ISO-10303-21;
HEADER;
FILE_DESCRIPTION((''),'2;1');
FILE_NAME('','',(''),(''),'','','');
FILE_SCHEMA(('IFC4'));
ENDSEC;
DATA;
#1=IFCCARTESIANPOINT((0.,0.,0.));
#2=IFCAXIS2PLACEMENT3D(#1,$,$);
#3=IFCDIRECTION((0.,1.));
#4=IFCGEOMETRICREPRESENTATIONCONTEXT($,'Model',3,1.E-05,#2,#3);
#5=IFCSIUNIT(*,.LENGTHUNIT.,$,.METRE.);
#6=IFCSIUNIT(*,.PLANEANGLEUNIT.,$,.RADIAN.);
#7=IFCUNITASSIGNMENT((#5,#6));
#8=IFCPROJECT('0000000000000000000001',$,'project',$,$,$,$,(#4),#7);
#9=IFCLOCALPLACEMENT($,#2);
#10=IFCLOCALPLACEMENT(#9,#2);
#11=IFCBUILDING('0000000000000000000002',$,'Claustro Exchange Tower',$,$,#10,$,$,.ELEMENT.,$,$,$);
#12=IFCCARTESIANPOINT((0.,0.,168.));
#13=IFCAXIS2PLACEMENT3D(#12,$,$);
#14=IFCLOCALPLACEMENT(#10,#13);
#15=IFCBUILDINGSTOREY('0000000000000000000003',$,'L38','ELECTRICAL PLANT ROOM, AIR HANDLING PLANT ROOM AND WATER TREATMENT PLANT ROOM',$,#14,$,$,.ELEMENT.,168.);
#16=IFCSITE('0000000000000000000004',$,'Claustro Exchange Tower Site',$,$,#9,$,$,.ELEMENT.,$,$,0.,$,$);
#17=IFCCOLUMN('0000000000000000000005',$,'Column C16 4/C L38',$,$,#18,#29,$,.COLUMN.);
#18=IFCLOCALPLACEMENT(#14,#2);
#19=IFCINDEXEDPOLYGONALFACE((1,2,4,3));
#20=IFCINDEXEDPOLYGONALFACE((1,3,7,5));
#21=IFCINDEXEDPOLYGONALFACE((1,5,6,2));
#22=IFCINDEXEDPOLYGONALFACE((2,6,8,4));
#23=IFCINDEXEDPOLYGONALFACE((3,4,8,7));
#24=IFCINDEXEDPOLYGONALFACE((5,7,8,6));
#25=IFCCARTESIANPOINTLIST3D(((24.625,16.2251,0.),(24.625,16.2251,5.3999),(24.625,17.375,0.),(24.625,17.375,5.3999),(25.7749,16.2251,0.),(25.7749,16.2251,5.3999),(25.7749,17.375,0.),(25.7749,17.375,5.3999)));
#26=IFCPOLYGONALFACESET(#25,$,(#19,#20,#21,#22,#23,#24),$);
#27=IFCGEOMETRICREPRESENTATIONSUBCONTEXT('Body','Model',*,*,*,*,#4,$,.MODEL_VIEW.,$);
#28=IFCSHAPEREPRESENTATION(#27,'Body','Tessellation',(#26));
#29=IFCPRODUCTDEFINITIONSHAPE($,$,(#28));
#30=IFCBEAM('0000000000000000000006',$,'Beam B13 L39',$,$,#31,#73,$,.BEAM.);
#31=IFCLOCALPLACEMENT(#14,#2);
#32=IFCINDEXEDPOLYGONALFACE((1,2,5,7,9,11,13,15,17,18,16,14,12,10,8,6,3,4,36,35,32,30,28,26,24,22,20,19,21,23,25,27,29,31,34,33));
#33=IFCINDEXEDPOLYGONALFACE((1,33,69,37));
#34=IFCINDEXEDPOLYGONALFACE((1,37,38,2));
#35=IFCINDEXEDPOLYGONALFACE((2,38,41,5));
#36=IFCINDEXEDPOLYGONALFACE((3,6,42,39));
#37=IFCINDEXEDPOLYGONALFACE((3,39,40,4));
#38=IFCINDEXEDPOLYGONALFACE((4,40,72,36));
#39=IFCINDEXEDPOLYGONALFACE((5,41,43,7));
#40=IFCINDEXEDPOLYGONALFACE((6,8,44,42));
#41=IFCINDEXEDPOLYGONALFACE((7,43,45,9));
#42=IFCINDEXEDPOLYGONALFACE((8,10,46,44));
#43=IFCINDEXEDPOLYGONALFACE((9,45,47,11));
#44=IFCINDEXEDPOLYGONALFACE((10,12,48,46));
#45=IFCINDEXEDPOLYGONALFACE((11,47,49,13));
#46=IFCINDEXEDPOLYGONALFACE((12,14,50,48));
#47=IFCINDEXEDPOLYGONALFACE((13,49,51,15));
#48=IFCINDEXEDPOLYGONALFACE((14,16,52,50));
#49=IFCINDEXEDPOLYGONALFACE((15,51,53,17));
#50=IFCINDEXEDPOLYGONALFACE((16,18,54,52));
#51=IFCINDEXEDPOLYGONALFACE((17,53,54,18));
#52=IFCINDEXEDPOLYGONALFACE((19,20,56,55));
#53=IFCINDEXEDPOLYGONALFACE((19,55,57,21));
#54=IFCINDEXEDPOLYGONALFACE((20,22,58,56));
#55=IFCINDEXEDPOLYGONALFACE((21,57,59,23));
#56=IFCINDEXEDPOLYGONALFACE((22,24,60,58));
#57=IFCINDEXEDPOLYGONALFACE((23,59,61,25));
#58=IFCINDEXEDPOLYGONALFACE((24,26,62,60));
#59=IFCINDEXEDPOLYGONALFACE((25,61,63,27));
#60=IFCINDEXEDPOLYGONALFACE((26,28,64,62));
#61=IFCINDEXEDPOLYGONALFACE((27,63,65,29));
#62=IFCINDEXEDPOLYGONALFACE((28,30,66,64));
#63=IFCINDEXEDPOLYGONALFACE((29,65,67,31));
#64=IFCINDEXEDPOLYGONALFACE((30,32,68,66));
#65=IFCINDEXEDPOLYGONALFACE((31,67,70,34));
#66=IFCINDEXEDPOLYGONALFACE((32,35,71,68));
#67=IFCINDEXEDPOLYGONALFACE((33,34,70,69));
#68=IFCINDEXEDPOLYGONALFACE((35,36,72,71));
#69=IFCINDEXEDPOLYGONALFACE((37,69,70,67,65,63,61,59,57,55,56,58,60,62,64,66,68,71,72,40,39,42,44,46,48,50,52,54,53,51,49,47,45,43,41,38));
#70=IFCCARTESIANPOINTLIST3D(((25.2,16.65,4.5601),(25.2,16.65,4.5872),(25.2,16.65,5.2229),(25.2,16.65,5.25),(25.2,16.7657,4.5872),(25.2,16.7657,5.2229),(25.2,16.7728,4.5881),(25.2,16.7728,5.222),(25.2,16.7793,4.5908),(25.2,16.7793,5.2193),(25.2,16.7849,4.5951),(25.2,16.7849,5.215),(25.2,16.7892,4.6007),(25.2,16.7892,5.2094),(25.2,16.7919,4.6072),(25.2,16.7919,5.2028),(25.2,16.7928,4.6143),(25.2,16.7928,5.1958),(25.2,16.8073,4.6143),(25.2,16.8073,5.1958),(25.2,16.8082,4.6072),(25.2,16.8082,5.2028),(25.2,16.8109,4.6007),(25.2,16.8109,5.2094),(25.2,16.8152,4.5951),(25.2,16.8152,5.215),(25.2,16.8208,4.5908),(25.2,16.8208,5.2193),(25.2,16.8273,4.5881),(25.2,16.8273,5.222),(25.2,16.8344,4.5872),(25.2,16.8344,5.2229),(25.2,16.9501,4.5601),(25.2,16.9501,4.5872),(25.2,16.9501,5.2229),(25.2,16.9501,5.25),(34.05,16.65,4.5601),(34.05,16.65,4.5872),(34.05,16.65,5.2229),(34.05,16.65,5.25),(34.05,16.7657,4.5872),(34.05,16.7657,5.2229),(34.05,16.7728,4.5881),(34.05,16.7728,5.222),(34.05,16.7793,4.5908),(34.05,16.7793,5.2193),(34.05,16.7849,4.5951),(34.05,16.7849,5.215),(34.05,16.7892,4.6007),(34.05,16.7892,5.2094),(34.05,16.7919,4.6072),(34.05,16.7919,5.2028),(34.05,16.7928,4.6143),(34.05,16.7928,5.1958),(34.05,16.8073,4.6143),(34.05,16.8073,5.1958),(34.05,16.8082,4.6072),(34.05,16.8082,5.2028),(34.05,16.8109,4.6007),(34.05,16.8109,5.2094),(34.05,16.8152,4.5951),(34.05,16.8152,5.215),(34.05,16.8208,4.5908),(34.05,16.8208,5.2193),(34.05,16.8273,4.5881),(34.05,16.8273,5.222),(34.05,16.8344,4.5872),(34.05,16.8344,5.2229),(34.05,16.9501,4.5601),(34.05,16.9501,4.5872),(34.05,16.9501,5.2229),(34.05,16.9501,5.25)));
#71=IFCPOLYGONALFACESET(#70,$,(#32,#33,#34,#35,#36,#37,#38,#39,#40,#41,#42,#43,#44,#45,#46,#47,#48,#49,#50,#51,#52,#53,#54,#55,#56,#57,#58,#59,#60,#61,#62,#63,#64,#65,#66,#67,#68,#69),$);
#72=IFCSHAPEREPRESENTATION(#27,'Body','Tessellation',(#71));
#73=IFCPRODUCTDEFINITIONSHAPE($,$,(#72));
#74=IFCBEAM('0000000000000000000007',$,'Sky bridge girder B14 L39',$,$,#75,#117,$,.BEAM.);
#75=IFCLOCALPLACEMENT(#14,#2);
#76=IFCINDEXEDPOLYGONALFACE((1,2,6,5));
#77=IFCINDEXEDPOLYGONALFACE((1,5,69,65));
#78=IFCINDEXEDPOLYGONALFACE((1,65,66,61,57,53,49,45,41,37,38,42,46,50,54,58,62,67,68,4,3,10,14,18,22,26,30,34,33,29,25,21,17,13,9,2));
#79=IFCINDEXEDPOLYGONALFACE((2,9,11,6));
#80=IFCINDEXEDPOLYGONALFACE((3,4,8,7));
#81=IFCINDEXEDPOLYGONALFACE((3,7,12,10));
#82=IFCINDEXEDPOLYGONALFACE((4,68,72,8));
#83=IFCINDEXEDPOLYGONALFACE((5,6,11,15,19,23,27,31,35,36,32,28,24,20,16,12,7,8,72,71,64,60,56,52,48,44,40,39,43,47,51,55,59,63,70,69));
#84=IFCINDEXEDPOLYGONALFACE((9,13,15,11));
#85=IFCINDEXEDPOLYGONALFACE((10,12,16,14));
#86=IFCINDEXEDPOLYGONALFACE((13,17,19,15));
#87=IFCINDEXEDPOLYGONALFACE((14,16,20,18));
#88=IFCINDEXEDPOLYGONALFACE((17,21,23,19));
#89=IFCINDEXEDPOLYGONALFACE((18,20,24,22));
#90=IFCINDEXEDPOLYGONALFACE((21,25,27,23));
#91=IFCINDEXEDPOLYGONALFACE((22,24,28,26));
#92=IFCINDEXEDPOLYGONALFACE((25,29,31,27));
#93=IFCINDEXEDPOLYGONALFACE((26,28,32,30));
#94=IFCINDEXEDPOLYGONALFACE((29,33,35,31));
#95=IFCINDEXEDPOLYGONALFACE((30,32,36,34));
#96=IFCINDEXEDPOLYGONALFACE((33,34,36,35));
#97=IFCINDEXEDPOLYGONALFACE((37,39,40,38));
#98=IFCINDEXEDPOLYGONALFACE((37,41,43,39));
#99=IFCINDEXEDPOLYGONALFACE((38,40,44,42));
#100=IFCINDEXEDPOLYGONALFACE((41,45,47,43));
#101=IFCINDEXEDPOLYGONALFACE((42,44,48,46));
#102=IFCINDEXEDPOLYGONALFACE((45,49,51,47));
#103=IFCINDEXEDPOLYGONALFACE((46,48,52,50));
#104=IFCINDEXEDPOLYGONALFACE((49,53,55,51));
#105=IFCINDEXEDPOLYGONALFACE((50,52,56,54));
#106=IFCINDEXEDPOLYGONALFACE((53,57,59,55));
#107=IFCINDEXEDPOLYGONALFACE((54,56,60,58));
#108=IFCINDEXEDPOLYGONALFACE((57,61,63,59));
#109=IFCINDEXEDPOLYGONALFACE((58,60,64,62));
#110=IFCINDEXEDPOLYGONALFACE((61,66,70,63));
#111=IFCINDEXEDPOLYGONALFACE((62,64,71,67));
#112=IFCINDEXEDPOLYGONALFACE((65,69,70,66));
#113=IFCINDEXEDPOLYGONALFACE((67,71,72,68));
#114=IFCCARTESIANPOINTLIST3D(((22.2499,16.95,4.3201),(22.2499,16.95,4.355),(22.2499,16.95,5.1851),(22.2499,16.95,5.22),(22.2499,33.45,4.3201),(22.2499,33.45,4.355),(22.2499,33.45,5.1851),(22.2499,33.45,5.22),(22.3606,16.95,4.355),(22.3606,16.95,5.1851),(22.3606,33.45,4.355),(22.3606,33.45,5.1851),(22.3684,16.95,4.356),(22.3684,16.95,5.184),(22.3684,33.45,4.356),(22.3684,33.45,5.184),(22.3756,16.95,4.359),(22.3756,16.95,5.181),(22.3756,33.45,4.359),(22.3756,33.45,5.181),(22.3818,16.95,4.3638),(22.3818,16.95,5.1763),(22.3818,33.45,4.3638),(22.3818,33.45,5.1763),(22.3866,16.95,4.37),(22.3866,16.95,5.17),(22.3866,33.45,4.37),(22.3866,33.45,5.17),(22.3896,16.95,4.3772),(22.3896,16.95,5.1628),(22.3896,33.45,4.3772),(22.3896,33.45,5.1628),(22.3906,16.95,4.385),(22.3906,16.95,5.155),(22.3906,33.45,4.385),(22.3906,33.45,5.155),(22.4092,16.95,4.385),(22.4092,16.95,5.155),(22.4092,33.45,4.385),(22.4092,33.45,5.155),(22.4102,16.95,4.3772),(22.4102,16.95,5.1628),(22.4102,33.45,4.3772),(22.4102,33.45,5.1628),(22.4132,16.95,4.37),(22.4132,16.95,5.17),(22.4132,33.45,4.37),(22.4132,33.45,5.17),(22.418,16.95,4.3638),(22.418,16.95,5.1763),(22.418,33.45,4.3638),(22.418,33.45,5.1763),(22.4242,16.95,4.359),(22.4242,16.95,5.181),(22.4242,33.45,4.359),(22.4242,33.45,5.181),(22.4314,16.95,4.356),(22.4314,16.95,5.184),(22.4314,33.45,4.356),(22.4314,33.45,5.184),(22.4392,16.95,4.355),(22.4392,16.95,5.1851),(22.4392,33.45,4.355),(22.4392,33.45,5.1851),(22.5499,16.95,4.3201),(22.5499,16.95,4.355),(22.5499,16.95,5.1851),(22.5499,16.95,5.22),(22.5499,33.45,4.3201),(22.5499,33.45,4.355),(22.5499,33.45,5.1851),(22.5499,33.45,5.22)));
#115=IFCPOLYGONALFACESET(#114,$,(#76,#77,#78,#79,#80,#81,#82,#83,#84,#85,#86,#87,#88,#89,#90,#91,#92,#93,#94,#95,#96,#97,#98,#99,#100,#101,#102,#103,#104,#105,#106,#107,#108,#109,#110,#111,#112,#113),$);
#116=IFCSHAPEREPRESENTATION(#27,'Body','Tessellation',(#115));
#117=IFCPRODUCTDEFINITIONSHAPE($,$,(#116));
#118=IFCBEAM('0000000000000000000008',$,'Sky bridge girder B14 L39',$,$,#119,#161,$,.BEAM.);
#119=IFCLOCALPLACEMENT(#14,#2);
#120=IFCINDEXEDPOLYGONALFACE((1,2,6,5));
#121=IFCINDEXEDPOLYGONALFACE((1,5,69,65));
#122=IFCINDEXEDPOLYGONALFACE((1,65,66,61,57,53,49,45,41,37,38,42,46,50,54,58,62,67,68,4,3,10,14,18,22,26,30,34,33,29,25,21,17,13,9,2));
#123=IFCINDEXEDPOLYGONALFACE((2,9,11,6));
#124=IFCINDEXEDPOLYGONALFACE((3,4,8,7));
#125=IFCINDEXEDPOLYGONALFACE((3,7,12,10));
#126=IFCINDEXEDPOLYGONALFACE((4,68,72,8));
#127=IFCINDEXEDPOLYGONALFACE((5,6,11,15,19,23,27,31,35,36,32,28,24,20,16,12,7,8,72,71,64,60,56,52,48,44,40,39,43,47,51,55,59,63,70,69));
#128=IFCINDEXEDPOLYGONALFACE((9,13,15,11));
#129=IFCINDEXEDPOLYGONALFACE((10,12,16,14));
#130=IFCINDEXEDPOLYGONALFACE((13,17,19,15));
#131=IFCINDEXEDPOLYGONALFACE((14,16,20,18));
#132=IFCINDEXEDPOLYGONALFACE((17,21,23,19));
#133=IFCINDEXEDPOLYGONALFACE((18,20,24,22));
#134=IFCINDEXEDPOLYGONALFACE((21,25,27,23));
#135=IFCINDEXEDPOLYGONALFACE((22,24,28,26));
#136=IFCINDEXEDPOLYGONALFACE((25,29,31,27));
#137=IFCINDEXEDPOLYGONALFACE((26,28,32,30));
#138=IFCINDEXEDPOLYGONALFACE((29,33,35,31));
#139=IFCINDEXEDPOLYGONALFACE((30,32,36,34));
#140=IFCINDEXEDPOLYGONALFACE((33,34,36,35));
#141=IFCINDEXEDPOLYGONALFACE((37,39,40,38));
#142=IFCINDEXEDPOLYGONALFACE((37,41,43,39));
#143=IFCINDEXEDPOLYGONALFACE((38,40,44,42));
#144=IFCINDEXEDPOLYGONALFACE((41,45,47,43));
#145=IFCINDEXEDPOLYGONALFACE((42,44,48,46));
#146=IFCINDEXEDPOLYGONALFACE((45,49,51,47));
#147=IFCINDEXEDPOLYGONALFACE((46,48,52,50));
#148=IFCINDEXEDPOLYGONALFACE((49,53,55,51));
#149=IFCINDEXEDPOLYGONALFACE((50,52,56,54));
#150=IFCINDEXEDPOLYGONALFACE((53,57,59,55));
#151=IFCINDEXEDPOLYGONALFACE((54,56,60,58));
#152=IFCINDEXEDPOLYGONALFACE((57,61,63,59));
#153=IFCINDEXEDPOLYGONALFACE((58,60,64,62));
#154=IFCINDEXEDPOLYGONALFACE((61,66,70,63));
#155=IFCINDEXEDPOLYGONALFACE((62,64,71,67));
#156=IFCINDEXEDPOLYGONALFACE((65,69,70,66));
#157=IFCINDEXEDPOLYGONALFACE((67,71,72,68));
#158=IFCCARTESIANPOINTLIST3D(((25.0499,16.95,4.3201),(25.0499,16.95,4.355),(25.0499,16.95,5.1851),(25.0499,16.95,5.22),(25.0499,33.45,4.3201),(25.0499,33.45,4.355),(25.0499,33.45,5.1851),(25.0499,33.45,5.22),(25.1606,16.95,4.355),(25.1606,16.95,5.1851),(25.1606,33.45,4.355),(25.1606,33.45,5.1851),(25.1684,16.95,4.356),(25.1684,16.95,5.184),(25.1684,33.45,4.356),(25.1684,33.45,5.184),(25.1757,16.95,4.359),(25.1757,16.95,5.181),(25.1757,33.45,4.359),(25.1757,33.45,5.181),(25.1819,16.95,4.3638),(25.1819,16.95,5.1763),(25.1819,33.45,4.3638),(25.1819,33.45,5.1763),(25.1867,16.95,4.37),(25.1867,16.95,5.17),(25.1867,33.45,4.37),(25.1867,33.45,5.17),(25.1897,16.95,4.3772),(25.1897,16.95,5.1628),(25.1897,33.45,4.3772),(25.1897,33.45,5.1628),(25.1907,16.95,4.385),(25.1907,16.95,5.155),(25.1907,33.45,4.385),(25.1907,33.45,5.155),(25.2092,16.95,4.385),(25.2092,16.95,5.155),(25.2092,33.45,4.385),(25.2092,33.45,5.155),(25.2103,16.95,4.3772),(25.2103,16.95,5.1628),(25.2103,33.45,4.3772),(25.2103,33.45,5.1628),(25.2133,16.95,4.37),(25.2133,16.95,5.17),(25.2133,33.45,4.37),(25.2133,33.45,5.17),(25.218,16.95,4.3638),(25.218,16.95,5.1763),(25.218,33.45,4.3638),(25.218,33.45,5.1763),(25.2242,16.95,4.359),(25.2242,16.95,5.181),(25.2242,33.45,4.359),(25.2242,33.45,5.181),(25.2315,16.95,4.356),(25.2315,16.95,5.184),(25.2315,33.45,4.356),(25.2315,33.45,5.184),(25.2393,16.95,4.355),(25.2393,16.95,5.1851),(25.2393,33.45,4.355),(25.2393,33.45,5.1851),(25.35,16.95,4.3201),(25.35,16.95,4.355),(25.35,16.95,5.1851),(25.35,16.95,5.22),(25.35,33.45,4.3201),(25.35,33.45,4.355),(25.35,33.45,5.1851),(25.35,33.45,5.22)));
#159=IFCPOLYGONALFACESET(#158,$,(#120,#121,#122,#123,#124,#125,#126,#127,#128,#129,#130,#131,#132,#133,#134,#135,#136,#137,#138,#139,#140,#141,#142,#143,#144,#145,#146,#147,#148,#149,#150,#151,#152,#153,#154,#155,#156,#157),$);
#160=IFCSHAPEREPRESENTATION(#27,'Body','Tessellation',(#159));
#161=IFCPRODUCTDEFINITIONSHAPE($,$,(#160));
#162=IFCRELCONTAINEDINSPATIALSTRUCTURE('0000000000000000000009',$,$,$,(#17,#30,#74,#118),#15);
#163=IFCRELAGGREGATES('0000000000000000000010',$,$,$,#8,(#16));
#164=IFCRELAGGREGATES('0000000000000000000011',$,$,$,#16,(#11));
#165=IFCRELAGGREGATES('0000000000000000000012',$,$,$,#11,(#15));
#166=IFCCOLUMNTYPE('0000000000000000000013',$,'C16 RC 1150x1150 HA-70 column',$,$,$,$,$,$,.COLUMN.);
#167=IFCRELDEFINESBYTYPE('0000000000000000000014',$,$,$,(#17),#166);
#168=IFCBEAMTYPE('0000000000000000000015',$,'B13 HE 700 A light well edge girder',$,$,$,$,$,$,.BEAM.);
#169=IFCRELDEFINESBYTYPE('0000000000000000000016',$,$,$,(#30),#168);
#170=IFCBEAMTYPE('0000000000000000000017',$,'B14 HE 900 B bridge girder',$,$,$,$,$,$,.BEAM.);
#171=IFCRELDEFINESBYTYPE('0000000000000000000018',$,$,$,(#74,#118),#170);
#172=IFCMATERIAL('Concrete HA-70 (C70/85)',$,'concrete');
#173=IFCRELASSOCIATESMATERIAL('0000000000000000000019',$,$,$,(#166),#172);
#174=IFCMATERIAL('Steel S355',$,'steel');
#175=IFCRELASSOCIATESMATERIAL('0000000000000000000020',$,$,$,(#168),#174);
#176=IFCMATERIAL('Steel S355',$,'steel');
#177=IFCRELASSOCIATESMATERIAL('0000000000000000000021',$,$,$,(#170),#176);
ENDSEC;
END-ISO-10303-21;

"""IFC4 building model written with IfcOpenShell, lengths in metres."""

from ifc_helpers import new_model, si_unit, direction, frame, origin, origin_2d, place, context, subcontext, project, spatial, rectangle, i_section, extrude, material, material_profile, profile_set, type_object, element, save


model = new_model("IFC4")

# Units and contexts
model_context = context("Model", 3, precision=1e-05, world=origin(), true_north=direction((0.0, 1.0)))
body_context = subcontext(model_context, "Body", "Model", "MODEL_VIEW")
ifc_project = project(units=[si_unit("LENGTHUNIT", "METRE"), si_unit("PLANEANGLEUNIT", "RADIAN")], contexts=[model_context])

# Site, building, storey
site_placement = place(None, origin())
site = spatial("IfcSite", under=ifc_project, at=site_placement, Name="Claustro Exchange Tower Site", CompositionType="ELEMENT", RefElevation=0.0)
building_placement = place(site_placement, origin())
building = spatial("IfcBuilding", under=site, at=building_placement, Name="Claustro Exchange Tower", CompositionType="ELEMENT")
storey_placement = place(building_placement, frame((0.0, 0.0, 168.0)))
storey = spatial("IfcBuildingStorey", under=building, at=storey_placement, Name="L38", Description="ELECTRICAL PLANT ROOM, AIR HANDLING PLANT ROOM AND WATER TREATMENT PLANT ROOM", CompositionType="ELEMENT", Elevation=168.0)

# Column
ifc_material_1 = material(Name="Concrete HA-70 (C70/85)", Category="concrete")
ifc_material_profile_1 = material_profile(ifc_material_1, rectangle(XDim=1.1499, YDim=1.1499, at=origin_2d()), Name="RC 1150x1150")
ifc_profile_set_1 = profile_set([ifc_material_profile_1], Name="Concrete HA-70 (C70/85)")
column_type = type_object("IfcColumnType", Name="C16 RC 1150x1150 HA-70 column", PredefinedType="COLUMN", material=ifc_profile_set_1)
column_placement = place(storey_placement, frame((25.2, 16.8, 0.0), z_axis=(0.0, 0.0, 1.0), x_axis=(1.0, 0.0, 0.0)))
element("IfcColumn", 1, at=column_placement, inside=storey, type_object=column_type, Name="Column C16 4/C L38", PredefinedType="COLUMN", context=body_context, shape_type="SweptSolid", body=[
    extrude(rectangle(XDim=1.1499, YDim=1.1499, at=origin_2d()), origin(), (0.0, 0.0, 1.0), 5.3999),
])

# Beams
ifc_material_2 = material(Name="Steel S355", Category="steel")
ifc_material_profile_2 = material_profile(ifc_material_2, i_section(OverallWidth=0.3, OverallDepth=0.6899, WebThickness=0.0144, FlangeThickness=0.0271, FilletRadius=0.0271, at=origin_2d()), Name="HE 700 A")
ifc_profile_set_2 = profile_set([ifc_material_profile_2], Name="Steel S355")
beam_type_1 = type_object("IfcBeamType", Name="B13 HE 700 A light well edge girder", PredefinedType="BEAM", material=ifc_profile_set_2)
beam_1_placement = place(storey_placement, frame((25.2, 16.8, 4.905), z_axis=(1.0, 0.0, 0.0), x_axis=(0.0, 1.0, 0.0)))
element("IfcBeam", 2, at=beam_1_placement, inside=storey, type_object=beam_type_1, Name="Beam B13 L39", PredefinedType="BEAM", context=body_context, shape_type="SweptSolid", body=[
    extrude(i_section(OverallWidth=0.3, OverallDepth=0.6899, WebThickness=0.0144, FlangeThickness=0.0271, FilletRadius=0.0271, at=origin_2d()), origin(), (0.0, 0.0, 1.0), 8.8501),
])
ifc_material_3 = material(Name="Steel S355", Category="steel")
ifc_material_profile_3 = material_profile(ifc_material_3, i_section(OverallWidth=0.3, OverallDepth=0.8999, WebThickness=0.0186, FlangeThickness=0.0349, FilletRadius=0.03, at=origin_2d()), Name="HE 900 B")
ifc_profile_set_3 = profile_set([ifc_material_profile_3], Name="Steel S355")
beam_type_2 = type_object("IfcBeamType", Name="B14 HE 900 B bridge girder", PredefinedType="BEAM", material=ifc_profile_set_3)
for number, where, z_axis, x_axis, name in (
    (3, (22.3999, 16.95, 4.77), (0.0, 1.0, 0.0), (-1.0, 0.0, 0.0), "Sky bridge girder B14 L39"),
    (4, (25.2, 16.95, 4.77), (0.0, 1.0, 0.0), (-1.0, 0.0, 0.0), "Sky bridge girder B14 L39"),
):
    element("IfcBeam", number, at=place(storey_placement, frame(where, z_axis=z_axis, x_axis=x_axis)), inside=storey, type_object=beam_type_2, Name=name, PredefinedType="BEAM", context=body_context, shape_type="SweptSolid", body=[
        extrude(i_section(OverallWidth=0.3, OverallDepth=0.8999, WebThickness=0.0186, FlangeThickness=0.0349, FilletRadius=0.03, at=origin_2d()), origin(), (0.0, 0.0, 1.0), 16.5),
    ])

save(model, "model.ifc")
